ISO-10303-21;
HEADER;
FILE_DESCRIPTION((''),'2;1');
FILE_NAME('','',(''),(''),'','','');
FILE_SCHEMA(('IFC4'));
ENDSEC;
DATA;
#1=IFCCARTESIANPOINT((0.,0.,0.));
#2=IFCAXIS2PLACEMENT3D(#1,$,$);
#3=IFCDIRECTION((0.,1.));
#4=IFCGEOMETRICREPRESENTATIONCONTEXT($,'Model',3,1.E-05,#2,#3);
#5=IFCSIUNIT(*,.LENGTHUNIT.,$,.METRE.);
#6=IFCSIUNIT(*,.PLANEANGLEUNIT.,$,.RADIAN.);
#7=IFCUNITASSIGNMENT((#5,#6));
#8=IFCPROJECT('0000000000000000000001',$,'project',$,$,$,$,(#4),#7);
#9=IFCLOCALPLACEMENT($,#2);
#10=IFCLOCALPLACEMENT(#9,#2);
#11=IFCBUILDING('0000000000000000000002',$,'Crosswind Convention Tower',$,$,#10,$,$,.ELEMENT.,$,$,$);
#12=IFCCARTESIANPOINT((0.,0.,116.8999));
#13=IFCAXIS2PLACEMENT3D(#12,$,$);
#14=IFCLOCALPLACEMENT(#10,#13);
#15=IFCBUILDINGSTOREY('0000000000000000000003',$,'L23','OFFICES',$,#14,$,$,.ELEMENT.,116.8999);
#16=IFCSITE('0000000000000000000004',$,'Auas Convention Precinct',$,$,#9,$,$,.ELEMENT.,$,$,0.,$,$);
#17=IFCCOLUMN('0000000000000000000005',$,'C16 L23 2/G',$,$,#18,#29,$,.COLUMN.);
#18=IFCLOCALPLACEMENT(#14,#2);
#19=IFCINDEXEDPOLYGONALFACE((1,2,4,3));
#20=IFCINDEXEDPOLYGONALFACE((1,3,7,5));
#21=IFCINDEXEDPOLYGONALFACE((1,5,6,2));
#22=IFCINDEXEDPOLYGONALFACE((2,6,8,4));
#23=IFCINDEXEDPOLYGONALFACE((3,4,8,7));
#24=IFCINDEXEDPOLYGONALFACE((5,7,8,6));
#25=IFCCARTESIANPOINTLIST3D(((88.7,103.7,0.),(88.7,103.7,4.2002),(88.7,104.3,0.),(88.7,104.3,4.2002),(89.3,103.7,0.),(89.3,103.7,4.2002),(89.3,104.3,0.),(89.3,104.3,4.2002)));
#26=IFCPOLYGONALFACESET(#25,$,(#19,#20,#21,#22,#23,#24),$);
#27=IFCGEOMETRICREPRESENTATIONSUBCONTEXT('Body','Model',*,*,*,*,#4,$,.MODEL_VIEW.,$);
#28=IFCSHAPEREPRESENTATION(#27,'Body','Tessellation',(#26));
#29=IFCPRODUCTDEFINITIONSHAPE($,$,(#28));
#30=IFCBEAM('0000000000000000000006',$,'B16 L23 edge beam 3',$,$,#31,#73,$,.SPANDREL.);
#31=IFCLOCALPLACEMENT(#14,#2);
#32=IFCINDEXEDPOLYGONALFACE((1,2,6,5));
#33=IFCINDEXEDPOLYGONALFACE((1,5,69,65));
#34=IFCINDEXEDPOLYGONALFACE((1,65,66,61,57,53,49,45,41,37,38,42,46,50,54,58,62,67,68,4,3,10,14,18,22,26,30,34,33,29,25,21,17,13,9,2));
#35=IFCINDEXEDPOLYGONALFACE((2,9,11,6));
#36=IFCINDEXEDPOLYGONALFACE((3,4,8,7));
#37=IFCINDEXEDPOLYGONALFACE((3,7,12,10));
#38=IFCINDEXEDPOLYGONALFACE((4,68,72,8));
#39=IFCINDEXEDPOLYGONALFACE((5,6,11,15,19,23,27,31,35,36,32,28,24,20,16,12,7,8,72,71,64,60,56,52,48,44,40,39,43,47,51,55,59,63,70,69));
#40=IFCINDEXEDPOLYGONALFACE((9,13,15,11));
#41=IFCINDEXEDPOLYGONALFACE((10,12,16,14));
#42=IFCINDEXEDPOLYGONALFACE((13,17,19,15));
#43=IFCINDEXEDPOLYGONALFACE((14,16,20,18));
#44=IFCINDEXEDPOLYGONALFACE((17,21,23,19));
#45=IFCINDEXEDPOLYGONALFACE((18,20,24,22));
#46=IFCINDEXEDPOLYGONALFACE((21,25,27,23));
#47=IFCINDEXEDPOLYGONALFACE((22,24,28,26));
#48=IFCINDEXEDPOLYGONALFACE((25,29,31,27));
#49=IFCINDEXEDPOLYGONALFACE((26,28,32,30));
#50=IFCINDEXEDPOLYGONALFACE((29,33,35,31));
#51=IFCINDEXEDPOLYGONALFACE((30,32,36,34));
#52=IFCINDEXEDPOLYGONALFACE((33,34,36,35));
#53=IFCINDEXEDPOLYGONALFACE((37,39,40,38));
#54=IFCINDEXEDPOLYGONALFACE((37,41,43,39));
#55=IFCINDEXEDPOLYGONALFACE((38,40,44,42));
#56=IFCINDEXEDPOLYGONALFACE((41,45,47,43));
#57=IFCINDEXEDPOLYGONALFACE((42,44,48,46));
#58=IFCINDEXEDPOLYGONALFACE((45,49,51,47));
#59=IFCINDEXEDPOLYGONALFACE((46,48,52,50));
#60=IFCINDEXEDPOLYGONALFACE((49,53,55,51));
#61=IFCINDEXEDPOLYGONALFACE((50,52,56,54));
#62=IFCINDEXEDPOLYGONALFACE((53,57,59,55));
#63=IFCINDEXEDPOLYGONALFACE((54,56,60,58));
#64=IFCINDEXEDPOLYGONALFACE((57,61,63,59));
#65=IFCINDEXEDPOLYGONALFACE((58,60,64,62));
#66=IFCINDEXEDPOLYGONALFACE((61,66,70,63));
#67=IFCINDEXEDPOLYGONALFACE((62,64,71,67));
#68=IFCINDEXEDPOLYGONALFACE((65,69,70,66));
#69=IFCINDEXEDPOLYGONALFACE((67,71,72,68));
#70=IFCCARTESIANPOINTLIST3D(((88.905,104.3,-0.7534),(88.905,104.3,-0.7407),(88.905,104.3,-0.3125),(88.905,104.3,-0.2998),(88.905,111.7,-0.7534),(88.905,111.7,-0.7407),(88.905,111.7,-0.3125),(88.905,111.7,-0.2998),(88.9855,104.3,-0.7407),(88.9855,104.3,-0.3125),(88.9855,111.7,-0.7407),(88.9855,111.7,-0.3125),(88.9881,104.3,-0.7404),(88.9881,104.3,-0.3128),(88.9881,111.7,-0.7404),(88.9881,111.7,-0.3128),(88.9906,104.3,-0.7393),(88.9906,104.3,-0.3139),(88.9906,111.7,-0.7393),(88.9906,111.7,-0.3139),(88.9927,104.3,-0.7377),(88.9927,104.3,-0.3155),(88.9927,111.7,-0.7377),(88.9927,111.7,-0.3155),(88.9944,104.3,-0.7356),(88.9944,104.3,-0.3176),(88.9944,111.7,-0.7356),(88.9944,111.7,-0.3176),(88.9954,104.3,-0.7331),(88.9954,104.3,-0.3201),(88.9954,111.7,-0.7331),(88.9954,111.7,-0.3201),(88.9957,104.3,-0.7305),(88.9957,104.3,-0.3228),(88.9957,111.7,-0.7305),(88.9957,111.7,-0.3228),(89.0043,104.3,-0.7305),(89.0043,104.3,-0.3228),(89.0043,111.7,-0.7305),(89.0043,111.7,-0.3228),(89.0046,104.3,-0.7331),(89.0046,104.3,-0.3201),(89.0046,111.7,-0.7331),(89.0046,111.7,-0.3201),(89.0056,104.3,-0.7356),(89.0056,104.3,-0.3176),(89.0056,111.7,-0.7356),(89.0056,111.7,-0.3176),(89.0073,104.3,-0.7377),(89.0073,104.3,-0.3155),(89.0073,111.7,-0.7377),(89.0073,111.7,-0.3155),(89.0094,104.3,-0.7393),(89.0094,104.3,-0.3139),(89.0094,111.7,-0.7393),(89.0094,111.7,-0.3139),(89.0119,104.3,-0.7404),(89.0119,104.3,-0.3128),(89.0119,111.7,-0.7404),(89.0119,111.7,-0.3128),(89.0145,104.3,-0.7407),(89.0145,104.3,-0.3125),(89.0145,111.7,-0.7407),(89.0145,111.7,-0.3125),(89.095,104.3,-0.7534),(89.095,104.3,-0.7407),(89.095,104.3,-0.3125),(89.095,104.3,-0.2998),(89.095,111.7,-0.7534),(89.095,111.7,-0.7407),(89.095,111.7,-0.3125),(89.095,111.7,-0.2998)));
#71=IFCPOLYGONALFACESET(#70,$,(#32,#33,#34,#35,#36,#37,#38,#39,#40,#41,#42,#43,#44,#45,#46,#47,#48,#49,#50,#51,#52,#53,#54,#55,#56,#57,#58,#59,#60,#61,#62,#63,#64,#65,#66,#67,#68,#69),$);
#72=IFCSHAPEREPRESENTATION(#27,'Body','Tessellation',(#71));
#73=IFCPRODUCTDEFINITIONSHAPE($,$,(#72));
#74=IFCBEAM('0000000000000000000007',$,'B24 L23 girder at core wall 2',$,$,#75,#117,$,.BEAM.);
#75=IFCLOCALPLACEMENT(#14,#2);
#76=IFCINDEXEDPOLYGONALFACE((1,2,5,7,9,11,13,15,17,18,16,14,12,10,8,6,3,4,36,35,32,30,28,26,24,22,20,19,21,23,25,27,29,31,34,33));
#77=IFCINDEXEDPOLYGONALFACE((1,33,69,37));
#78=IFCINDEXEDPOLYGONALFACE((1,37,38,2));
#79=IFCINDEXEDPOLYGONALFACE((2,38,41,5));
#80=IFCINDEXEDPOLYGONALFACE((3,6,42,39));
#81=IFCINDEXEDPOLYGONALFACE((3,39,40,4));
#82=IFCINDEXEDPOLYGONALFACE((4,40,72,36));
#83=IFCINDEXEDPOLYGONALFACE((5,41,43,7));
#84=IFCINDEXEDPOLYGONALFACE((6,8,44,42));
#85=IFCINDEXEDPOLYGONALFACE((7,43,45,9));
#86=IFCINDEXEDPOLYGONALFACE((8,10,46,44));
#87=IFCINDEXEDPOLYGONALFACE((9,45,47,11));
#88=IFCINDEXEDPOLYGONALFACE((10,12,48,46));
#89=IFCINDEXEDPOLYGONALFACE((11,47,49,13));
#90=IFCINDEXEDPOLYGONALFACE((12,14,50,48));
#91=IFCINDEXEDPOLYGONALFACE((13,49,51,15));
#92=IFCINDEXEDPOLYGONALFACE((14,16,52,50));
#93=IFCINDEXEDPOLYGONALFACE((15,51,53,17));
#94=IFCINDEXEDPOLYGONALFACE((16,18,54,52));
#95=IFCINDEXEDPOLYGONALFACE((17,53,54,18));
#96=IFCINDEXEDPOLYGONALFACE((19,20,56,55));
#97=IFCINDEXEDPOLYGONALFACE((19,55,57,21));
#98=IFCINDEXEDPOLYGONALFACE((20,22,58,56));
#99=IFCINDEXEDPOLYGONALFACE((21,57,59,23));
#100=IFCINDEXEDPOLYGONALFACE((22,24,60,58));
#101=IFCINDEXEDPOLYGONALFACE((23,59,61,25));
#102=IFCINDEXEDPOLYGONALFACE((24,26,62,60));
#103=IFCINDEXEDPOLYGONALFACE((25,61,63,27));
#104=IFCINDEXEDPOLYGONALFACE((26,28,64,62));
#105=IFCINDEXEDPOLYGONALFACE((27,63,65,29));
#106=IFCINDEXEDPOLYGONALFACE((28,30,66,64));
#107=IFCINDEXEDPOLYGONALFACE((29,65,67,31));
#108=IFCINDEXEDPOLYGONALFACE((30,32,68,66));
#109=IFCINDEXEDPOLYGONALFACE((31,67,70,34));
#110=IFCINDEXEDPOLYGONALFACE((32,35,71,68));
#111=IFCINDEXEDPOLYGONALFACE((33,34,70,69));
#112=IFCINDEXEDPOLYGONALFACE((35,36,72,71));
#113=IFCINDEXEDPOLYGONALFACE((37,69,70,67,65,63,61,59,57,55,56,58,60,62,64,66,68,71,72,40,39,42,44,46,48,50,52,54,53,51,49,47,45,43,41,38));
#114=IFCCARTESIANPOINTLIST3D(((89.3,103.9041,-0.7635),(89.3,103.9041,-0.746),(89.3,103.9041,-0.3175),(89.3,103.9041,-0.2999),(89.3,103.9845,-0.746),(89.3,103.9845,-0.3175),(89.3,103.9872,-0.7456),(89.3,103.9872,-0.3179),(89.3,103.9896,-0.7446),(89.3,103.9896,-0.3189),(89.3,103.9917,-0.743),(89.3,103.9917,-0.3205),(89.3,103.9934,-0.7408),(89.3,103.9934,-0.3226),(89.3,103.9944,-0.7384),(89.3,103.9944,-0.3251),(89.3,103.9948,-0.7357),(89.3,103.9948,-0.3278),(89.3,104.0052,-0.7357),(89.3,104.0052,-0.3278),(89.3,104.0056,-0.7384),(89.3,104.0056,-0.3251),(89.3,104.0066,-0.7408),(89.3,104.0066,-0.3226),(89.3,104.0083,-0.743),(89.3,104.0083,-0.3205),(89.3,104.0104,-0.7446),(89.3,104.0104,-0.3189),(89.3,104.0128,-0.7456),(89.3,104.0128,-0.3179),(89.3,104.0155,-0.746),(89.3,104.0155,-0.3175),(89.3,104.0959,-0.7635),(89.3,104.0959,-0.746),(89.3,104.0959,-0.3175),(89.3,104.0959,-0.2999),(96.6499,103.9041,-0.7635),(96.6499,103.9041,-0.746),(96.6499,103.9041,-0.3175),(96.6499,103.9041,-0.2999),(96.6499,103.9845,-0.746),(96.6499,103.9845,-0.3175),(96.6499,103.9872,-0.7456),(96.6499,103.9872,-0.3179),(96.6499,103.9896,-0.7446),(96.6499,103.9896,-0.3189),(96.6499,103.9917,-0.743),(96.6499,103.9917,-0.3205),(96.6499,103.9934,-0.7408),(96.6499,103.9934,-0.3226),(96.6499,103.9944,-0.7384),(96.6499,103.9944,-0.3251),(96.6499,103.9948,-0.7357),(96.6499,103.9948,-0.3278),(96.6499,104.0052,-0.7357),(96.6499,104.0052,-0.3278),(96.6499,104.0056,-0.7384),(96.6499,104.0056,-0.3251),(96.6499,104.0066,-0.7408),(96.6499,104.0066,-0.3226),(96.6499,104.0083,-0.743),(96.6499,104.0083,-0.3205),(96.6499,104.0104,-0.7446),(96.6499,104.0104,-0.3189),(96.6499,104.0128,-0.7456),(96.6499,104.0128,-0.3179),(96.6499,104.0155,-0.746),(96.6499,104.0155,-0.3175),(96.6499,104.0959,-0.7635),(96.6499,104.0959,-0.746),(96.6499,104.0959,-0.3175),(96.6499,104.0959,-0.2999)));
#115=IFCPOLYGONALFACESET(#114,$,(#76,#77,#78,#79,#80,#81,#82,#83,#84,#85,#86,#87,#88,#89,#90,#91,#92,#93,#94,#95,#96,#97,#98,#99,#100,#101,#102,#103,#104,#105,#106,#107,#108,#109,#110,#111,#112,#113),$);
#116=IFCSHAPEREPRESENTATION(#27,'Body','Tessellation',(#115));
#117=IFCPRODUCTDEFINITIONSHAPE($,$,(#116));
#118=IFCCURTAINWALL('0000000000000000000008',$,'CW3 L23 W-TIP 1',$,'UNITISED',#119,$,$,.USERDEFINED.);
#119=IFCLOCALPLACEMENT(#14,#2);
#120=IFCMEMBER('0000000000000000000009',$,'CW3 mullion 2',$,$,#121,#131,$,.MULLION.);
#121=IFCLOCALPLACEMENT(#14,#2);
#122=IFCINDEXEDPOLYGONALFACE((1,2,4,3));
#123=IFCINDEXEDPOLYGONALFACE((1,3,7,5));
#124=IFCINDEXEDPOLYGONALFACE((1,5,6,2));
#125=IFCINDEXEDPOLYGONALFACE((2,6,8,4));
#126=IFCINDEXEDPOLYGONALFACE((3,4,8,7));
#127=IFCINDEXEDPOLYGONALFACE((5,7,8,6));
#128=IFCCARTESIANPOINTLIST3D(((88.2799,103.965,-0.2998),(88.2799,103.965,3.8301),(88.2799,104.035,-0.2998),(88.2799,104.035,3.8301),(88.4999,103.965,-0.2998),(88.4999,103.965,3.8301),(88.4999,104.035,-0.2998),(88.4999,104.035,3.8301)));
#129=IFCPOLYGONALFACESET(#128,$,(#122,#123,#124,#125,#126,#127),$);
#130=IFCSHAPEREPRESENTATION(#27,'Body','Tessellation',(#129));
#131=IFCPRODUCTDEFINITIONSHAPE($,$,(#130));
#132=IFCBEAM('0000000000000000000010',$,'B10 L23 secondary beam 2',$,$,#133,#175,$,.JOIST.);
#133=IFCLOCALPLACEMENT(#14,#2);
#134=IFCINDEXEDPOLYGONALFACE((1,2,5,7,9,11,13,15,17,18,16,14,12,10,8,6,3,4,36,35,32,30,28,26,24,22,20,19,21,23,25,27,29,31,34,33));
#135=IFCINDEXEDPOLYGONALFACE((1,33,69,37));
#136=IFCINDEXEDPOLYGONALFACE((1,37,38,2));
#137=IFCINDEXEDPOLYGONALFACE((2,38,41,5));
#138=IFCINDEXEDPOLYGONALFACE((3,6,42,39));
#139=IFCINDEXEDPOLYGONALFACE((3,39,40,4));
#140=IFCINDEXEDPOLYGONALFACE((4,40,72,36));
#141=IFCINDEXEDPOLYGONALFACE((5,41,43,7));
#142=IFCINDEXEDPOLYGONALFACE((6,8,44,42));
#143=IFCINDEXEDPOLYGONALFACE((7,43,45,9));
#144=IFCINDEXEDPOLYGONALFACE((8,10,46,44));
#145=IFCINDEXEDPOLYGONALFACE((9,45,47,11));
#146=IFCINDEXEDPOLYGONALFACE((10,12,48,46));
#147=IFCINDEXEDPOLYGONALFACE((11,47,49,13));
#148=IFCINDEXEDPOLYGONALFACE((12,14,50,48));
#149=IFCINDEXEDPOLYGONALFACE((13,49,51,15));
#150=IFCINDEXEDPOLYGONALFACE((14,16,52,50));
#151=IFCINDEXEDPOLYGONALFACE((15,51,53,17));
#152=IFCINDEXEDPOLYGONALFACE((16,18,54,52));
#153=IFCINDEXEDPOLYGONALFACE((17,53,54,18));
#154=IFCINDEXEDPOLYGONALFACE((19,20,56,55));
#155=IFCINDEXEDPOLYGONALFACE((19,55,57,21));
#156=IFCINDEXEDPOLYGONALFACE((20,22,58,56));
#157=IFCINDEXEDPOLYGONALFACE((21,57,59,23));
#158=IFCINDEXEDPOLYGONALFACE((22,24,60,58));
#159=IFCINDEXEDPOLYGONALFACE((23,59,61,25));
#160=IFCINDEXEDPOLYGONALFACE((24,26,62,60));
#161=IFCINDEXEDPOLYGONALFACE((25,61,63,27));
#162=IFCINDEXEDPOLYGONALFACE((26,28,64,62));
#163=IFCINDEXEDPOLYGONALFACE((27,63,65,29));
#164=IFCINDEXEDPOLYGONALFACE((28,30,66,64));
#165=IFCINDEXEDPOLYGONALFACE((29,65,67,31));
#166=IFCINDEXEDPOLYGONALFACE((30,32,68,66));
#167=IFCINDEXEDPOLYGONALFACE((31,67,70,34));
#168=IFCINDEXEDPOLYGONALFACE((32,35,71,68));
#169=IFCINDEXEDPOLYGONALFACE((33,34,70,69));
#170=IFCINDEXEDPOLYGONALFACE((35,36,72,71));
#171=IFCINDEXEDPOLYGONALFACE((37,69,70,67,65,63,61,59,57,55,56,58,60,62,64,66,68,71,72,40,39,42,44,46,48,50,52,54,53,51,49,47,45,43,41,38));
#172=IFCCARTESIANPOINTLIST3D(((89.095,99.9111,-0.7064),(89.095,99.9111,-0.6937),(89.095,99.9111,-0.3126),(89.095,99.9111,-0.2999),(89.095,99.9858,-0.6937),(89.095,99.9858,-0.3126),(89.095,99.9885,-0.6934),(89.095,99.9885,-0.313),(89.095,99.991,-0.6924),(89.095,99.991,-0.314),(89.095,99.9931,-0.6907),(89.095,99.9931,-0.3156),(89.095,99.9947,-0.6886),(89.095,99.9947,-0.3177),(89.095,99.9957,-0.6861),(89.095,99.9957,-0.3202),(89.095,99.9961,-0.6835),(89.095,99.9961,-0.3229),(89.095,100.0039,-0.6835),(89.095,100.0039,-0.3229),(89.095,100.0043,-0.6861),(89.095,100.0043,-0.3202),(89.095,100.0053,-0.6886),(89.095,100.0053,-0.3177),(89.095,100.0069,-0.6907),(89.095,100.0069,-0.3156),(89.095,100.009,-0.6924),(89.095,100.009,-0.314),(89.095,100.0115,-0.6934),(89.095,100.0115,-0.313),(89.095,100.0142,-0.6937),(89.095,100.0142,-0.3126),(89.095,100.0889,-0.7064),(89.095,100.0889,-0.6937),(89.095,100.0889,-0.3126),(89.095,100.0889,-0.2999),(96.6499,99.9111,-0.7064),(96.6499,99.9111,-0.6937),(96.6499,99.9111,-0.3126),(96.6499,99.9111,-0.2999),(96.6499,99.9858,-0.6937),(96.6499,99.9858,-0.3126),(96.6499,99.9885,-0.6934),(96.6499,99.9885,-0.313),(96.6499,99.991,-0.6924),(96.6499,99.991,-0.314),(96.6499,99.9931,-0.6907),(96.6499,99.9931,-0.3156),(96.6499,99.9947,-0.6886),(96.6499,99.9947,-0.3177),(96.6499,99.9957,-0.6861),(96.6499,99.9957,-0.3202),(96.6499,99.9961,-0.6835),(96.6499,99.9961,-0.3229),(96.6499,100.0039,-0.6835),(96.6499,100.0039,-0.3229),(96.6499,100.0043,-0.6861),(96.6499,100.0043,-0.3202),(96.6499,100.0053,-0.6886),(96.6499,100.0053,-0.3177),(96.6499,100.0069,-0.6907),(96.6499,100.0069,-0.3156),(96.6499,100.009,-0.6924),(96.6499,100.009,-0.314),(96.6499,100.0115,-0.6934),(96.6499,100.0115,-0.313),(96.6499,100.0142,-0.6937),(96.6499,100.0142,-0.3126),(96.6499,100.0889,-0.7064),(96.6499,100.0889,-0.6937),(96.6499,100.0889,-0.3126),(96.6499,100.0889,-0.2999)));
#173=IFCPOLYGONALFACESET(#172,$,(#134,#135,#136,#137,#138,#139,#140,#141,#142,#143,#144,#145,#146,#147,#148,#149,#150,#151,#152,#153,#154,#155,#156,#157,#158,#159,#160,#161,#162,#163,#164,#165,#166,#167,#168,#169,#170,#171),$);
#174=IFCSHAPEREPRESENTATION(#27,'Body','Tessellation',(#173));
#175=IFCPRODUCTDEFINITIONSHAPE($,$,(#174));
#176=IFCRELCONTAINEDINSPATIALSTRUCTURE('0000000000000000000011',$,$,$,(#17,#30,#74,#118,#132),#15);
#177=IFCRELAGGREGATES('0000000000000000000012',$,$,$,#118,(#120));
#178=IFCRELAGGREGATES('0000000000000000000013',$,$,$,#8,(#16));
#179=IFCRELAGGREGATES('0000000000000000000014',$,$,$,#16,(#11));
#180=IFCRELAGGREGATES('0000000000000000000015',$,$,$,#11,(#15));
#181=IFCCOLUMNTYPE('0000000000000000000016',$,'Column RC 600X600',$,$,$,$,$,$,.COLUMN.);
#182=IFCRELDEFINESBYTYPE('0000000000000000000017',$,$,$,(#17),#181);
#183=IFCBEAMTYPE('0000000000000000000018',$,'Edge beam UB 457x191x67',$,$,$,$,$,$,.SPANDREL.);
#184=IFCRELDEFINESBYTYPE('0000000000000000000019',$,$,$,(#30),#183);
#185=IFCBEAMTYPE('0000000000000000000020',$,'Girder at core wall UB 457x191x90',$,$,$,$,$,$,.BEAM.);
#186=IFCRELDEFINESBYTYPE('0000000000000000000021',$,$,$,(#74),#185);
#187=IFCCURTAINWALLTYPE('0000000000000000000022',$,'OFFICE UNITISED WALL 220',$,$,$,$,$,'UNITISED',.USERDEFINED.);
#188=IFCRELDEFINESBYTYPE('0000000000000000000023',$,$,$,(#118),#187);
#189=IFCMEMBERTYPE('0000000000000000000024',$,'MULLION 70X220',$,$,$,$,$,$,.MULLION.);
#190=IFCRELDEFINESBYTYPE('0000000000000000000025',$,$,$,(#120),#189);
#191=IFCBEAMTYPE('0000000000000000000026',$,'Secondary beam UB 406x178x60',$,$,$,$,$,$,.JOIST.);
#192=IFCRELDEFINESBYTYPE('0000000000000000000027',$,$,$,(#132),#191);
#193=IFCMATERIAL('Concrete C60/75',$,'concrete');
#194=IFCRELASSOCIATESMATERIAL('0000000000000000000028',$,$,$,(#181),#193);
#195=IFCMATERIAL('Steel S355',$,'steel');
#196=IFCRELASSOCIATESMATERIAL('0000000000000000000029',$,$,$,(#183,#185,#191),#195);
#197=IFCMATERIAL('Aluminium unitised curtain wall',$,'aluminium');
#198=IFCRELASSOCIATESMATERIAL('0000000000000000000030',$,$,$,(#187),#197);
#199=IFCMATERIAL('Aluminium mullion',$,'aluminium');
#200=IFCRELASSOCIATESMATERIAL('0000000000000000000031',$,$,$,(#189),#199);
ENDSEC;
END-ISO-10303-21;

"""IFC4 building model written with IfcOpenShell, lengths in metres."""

from ifc_helpers import new_model, si_unit, direction, frame, origin, origin_2d, place, context, subcontext, project, spatial, rectangle, i_section, extrude, material, material_profile, profile_set, type_object, element, aggregate, save


model = new_model("IFC4")

# Units and contexts
model_context = context("Model", 3, precision=1e-05, world=origin(), true_north=direction((0.0, 1.0)))
body_context = subcontext(model_context, "Body", "Model", "MODEL_VIEW")
ifc_project = project(units=[si_unit("LENGTHUNIT", "METRE"), si_unit("PLANEANGLEUNIT", "RADIAN")], contexts=[model_context])

# Site, building, storey
site_placement = place(None, origin())
site = spatial("IfcSite", under=ifc_project, at=site_placement, Name="Auas Convention Precinct", CompositionType="ELEMENT", RefElevation=0.0)
building_placement = place(site_placement, origin())
building = spatial("IfcBuilding", under=site, at=building_placement, Name="Crosswind Convention Tower", CompositionType="ELEMENT")
storey_placement = place(building_placement, frame((0.0, 0.0, 116.8999)))
storey = spatial("IfcBuildingStorey", under=building, at=storey_placement, Name="L23", Description="OFFICES", CompositionType="ELEMENT", Elevation=116.8999)

# Column
ifc_material_1 = material(Name="Concrete C60/75", Category="concrete")
ifc_material_profile_1 = material_profile(ifc_material_1, rectangle(XDim=0.6001, YDim=0.6001, at=origin_2d()), Name="RC 600X600")
ifc_profile_set_1 = profile_set([ifc_material_profile_1], Name="Concrete C60/75")
column_type = type_object("IfcColumnType", Name="Column RC 600X600", PredefinedType="COLUMN", material=ifc_profile_set_1)
column_placement = place(storey_placement, frame((89.0, 104.0, 0.0), z_axis=(0.0, 0.0, 1.0), x_axis=(1.0, 0.0, 0.0)))
element("IfcColumn", 1, at=column_placement, inside=storey, type_object=column_type, Name="C16 L23 2/G", PredefinedType="COLUMN", context=body_context, shape_type="SweptSolid", body=[
    extrude(rectangle(XDim=0.6001, YDim=0.6001, at=origin_2d()), origin(), (0.0, 0.0, 1.0), 4.2002),
])

# Beams
ifc_material_2 = material(Name="Steel S355", Category="steel")
ifc_material_profile_2 = material_profile(ifc_material_2, i_section(OverallWidth=0.1899, OverallDepth=0.4536, WebThickness=0.0085, FlangeThickness=0.0127, FilletRadius=0.0103, at=origin_2d()), Name="UB 457x191x67")
ifc_profile_set_2 = profile_set([ifc_material_profile_2], Name="Steel S355")
beam_type_1 = type_object("IfcBeamType", Name="Edge beam UB 457x191x67", PredefinedType="SPANDREL", material=ifc_profile_set_2)
beam_1_placement = place(storey_placement, frame((89.0, 104.3, -0.5266), z_axis=(0.0, 1.0, 0.0), x_axis=(-1.0, 0.0, 0.0)))
element("IfcBeam", 2, at=beam_1_placement, inside=storey, type_object=beam_type_1, Name="B16 L23 edge beam 3", PredefinedType="SPANDREL", context=body_context, shape_type="SweptSolid", body=[
    extrude(i_section(OverallWidth=0.1899, OverallDepth=0.4536, WebThickness=0.0085, FlangeThickness=0.0127, FilletRadius=0.0103, at=origin_2d()), origin(), (0.0, 0.0, 1.0), 7.3999),
])
ifc_material_profile_3 = material_profile(ifc_material_2, i_section(OverallWidth=0.1919, OverallDepth=0.4636, WebThickness=0.0105, FlangeThickness=0.0176, FilletRadius=0.0103, at=origin_2d()), Name="UB 457x191x90")
ifc_profile_set_3 = profile_set([ifc_material_profile_3], Name="Steel S355")
beam_type_2 = type_object("IfcBeamType", Name="Girder at core wall UB 457x191x90", PredefinedType="BEAM", material=ifc_profile_set_3)
beam_2_placement = place(storey_placement, frame((89.3, 104.0, -0.5317), z_axis=(1.0, 0.0, 0.0), x_axis=(0.0, 1.0, 0.0)))
element("IfcBeam", 3, at=beam_2_placement, inside=storey, type_object=beam_type_2, Name="B24 L23 girder at core wall 2", PredefinedType="BEAM", context=body_context, shape_type="SweptSolid", body=[
    extrude(i_section(OverallWidth=0.1919, OverallDepth=0.4636, WebThickness=0.0105, FlangeThickness=0.0176, FilletRadius=0.0103, at=origin_2d()), origin(), (0.0, 0.0, 1.0), 7.3499),
])

# Curtain wall, member
ifc_material_3 = material(Name="Aluminium unitised curtain wall", Category="aluminium")
curtain_wall_type = type_object("IfcCurtainWallType", Name="OFFICE UNITISED WALL 220", ElementType="UNITISED", PredefinedType="USERDEFINED", material=ifc_material_3)
curtain_wall_placement = place(storey_placement, origin())
curtain_wall = element("IfcCurtainWall", 4, at=curtain_wall_placement, inside=storey, type_object=curtain_wall_type, Name="CW3 L23 W-TIP 1", ObjectType="UNITISED", PredefinedType="USERDEFINED")
ifc_material_4 = material(Name="Aluminium mullion", Category="aluminium")
ifc_material_profile_4 = material_profile(ifc_material_4, rectangle(XDim=0.22, YDim=0.0701, at=origin_2d()), Name="AL 220X70")
ifc_profile_set_4 = profile_set([ifc_material_profile_4], Name="Aluminium mullion")
member_type = type_object("IfcMemberType", Name="MULLION 70X220", PredefinedType="MULLION", material=ifc_profile_set_4)
member_placement = place(storey_placement, frame((88.3899, 104.0, -0.2998), z_axis=(0.0, 0.0, 1.0), x_axis=(-1.0, 0.0, 0.0)))
member = element("IfcMember", 5, at=member_placement, type_object=member_type, Name="CW3 mullion 2", PredefinedType="MULLION", context=body_context, shape_type="SweptSolid", body=[
    extrude(rectangle(XDim=0.22, YDim=0.0701, at=origin_2d()), origin(), (0.0, 0.0, 1.0), 4.1299),
])

# Beam
ifc_material_profile_5 = material_profile(ifc_material_2, i_section(OverallWidth=0.1777, OverallDepth=0.4065, WebThickness=0.0078, FlangeThickness=0.0127, FilletRadius=0.0103, at=origin_2d()), Name="UB 406x178x60")
ifc_profile_set_5 = profile_set([ifc_material_profile_5], Name="Steel S355")
beam_type_3 = type_object("IfcBeamType", Name="Secondary beam UB 406x178x60", PredefinedType="JOIST", material=ifc_profile_set_5)
for number, where, z_axis, x_axis, name in (
    (6, (89.095, 100.0, -0.5032), (1.0, 0.0, 0.0), (0.0, 1.0, 0.0), "B10 L23 secondary beam 2"),
):
    element("IfcBeam", number, at=place(storey_placement, frame(where, z_axis=z_axis, x_axis=x_axis)), inside=storey, type_object=beam_type_3, Name=name, PredefinedType="JOIST", context=body_context, shape_type="SweptSolid", body=[
        extrude(i_section(OverallWidth=0.1777, OverallDepth=0.4065, WebThickness=0.0078, FlangeThickness=0.0127, FilletRadius=0.0103, at=origin_2d()), origin(), (0.0, 0.0, 1.0), 7.5549),
    ])

aggregate(curtain_wall, [member])

save(model, "model.ifc")
